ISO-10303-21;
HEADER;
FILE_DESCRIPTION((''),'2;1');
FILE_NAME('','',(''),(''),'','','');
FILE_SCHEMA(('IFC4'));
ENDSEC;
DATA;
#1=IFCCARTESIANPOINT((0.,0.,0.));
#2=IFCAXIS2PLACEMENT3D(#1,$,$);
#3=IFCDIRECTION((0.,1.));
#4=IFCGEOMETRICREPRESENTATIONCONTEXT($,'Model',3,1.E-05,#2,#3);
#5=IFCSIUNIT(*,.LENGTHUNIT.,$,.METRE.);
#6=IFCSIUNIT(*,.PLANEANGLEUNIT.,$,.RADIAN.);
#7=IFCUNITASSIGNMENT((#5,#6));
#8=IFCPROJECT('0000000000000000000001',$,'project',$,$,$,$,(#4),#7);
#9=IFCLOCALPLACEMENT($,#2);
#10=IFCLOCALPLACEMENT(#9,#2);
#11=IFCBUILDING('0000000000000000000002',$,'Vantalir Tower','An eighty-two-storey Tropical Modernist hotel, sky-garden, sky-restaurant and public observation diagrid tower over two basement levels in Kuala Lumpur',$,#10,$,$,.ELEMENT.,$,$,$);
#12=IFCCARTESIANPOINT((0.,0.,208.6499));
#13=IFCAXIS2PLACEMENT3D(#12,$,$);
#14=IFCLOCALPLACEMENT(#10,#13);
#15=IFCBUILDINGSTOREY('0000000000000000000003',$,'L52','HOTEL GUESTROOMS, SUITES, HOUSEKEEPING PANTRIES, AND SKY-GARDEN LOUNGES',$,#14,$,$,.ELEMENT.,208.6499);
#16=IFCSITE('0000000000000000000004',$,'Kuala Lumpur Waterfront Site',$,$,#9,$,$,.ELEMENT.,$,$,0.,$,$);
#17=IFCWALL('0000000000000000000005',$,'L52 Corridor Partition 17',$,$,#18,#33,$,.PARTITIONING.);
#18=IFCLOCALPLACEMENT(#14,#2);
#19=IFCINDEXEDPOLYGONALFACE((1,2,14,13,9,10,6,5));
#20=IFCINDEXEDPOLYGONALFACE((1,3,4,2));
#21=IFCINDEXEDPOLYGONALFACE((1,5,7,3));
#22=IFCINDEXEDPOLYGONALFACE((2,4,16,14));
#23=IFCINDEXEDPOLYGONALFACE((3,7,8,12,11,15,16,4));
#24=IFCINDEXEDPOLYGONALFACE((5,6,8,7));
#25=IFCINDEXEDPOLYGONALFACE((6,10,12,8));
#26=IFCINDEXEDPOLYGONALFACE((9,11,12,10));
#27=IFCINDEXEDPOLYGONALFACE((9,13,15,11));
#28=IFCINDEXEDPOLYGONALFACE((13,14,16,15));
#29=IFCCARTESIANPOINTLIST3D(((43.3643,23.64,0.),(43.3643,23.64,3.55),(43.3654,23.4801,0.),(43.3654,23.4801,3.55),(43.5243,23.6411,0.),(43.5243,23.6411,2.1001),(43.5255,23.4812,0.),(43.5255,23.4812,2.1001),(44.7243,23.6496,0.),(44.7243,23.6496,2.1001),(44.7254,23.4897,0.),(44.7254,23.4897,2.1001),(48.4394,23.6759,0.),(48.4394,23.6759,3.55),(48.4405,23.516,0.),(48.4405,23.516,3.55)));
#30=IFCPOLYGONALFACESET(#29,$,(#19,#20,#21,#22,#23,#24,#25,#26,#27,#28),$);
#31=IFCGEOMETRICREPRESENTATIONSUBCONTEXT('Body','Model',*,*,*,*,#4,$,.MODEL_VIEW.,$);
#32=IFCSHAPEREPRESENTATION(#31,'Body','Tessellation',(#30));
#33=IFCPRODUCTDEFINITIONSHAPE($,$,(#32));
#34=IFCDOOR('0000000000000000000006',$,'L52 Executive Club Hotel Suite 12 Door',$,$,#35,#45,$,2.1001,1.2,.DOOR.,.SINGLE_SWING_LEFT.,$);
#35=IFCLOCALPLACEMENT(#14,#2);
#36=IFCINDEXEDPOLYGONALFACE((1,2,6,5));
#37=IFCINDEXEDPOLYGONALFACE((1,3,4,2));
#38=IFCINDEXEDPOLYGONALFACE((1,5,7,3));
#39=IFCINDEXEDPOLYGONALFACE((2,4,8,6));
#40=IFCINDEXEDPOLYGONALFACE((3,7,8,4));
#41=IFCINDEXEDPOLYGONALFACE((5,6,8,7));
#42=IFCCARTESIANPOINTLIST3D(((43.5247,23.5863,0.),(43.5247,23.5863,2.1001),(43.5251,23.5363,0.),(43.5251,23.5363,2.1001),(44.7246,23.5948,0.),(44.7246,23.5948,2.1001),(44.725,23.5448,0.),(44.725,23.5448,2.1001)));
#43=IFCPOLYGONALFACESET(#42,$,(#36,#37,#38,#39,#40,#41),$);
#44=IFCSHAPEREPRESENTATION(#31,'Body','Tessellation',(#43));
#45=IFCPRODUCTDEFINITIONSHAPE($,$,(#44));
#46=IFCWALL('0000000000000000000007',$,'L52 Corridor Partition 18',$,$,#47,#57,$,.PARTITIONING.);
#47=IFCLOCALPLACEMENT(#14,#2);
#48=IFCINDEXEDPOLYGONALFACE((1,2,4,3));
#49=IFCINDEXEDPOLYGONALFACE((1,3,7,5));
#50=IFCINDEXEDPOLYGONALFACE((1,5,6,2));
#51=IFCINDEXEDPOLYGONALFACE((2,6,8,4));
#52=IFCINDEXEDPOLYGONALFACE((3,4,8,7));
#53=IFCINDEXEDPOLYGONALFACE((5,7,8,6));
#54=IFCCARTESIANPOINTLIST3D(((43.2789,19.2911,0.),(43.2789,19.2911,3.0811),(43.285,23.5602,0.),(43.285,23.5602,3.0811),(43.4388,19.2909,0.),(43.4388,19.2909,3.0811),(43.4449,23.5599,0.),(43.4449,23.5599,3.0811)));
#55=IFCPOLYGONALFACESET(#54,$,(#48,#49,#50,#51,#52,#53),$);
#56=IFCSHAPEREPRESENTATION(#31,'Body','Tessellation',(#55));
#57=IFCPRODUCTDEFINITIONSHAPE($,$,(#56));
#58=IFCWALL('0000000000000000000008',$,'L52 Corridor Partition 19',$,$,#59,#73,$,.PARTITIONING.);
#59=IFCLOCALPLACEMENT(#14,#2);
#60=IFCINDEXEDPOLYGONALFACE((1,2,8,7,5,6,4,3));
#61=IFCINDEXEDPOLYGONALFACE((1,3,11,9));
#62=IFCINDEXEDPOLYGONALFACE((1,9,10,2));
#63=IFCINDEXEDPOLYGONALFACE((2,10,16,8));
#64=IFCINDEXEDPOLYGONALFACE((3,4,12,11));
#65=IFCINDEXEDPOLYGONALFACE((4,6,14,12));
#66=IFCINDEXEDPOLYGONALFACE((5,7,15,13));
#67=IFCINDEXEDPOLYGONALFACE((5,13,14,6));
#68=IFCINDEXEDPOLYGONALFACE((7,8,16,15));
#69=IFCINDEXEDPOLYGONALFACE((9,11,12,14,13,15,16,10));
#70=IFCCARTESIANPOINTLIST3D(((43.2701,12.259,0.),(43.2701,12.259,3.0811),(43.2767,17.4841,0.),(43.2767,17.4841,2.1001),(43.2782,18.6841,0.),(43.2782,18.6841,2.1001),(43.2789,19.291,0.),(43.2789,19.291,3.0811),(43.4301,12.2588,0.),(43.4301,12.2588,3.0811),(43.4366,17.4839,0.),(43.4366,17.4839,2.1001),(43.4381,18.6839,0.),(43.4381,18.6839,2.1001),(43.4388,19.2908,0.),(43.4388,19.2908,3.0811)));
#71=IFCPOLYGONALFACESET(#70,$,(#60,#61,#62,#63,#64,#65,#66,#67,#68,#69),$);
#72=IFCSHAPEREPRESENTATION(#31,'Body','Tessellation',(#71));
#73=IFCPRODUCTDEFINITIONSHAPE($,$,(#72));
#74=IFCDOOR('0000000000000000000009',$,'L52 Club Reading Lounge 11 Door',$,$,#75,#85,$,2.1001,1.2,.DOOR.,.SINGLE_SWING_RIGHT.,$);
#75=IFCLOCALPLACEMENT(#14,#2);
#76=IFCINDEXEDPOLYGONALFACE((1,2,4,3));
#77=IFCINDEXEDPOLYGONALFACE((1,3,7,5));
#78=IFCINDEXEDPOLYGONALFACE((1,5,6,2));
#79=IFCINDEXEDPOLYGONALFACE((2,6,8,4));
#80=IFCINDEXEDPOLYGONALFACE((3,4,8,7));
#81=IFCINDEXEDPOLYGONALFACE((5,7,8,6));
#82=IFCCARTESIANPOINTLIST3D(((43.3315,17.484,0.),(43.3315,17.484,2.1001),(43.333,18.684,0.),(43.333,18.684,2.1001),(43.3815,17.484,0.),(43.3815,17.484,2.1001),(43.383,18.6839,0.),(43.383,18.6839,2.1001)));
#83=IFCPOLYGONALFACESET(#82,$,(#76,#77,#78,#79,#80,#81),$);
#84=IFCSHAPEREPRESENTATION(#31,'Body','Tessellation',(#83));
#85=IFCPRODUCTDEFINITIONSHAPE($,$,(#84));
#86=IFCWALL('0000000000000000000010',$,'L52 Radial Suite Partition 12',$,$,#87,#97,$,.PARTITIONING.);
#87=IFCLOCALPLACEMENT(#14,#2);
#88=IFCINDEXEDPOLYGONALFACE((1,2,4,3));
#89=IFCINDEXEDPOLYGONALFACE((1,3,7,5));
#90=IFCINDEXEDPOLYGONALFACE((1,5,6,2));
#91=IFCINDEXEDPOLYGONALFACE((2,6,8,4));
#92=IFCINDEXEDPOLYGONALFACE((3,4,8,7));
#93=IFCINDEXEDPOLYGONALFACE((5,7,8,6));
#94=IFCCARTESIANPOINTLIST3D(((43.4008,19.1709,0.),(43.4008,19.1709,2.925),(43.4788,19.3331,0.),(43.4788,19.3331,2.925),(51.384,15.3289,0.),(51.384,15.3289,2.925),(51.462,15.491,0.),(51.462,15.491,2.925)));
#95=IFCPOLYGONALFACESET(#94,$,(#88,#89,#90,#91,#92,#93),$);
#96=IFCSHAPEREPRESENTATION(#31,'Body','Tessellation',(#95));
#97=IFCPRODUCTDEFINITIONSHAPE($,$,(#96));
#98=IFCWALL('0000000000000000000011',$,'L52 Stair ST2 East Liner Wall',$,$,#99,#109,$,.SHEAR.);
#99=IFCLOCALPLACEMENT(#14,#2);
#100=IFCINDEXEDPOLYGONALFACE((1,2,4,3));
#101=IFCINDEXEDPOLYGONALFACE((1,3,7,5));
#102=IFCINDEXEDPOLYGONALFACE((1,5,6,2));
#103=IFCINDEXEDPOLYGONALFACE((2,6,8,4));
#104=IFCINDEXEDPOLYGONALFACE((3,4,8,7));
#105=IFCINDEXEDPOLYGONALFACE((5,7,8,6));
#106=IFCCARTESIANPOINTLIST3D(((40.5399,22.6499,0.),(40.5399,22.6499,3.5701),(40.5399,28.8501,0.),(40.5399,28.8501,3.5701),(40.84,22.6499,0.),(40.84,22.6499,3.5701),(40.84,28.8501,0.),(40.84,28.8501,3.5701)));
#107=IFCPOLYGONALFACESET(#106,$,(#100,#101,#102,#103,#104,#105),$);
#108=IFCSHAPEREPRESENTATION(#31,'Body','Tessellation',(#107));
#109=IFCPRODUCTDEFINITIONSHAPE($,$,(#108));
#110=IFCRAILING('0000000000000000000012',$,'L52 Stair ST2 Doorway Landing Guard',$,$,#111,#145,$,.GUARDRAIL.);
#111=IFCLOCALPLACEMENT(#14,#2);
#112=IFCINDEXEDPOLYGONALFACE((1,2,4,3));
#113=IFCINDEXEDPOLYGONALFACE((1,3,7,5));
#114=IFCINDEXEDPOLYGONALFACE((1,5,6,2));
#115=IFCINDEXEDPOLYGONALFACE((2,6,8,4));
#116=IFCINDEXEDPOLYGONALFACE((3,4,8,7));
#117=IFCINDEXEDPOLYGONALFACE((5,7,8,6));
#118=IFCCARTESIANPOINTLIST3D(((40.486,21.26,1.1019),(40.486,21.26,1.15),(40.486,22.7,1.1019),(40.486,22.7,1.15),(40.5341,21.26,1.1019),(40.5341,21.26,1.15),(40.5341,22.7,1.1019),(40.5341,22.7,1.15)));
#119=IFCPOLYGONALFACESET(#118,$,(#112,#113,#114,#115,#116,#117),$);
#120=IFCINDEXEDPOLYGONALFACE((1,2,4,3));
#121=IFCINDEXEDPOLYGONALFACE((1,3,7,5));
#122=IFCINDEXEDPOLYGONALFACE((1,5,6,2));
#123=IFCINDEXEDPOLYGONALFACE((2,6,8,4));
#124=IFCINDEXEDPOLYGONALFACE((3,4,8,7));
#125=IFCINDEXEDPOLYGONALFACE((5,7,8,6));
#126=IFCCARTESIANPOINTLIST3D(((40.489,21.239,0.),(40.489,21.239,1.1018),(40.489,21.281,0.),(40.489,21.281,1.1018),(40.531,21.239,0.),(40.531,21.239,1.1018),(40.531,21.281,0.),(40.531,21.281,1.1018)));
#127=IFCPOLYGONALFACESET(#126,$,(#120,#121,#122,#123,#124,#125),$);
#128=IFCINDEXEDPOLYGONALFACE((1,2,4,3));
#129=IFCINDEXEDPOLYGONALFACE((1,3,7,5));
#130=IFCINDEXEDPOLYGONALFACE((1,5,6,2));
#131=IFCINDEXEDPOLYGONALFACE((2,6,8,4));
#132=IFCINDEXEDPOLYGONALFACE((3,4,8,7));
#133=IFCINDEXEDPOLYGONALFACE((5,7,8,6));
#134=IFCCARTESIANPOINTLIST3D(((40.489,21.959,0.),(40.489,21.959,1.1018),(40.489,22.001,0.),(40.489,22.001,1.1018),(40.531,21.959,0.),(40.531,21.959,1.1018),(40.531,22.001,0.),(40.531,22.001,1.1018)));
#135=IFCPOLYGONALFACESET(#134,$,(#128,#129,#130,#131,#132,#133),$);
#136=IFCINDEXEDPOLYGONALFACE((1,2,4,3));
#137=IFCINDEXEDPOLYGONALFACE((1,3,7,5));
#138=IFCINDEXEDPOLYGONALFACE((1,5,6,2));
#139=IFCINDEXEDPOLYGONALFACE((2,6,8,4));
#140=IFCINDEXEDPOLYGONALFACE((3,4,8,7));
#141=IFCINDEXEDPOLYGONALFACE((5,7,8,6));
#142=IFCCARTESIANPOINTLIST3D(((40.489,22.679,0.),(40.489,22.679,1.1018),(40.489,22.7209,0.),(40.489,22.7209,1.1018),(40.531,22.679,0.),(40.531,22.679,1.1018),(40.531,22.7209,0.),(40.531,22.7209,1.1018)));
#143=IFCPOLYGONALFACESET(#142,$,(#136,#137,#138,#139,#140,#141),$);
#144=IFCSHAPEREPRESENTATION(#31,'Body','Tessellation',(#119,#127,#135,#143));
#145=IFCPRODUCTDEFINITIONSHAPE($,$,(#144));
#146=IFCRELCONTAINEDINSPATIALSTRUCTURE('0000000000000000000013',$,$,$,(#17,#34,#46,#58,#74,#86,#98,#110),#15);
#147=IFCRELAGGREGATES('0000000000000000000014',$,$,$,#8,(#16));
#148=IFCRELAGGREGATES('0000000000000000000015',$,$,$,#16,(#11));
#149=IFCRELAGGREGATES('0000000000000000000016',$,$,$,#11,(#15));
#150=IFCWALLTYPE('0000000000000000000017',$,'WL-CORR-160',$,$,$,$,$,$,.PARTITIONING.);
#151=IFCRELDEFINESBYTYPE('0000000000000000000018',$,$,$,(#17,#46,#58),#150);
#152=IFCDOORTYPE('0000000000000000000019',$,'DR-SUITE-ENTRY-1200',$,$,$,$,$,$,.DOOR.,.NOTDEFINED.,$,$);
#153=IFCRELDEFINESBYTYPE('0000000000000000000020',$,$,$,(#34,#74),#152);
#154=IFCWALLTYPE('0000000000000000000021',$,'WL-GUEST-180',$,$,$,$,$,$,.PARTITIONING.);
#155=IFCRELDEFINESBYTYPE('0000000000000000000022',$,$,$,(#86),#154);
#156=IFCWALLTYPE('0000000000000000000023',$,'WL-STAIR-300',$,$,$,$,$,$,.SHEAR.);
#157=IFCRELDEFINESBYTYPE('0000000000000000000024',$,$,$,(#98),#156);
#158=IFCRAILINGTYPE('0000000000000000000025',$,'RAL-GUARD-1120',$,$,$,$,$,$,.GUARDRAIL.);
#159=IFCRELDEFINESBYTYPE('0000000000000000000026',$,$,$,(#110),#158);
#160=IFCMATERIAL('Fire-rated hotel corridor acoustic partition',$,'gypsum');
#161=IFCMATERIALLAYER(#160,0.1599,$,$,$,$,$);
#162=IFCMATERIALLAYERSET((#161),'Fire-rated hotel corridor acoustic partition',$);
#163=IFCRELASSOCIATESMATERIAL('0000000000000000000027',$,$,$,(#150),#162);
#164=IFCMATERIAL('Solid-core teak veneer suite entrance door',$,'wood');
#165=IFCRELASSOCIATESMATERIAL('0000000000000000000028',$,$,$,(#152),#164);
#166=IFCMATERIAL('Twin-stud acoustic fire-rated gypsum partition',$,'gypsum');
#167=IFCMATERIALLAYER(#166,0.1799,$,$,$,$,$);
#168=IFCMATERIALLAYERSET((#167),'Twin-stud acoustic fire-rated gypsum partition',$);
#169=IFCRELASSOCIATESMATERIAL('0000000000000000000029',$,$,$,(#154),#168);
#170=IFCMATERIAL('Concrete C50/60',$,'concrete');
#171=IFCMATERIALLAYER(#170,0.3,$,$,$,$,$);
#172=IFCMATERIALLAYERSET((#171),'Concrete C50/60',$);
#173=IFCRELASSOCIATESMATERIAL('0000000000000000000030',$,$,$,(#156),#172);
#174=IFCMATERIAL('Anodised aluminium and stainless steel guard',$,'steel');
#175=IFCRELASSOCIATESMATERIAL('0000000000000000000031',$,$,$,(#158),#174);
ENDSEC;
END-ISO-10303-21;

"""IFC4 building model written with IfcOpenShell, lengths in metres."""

from ifc_helpers import new_model, si_unit, direction, frame, frame_2d, origin, origin_2d, place, context, subcontext, project, spatial, rectangle, extrude, material, layer, layer_set, type_object, element, fill, save


model = new_model("IFC4")

# Units and contexts
model_context = context("Model", 3, precision=1e-05, world=origin(), true_north=direction((0.0, 1.0)))
body_context = subcontext(model_context, "Body", "Model", "MODEL_VIEW")
ifc_project = project(units=[si_unit("LENGTHUNIT", "METRE"), si_unit("PLANEANGLEUNIT", "RADIAN")], contexts=[model_context])

# Site, building, storey
site_placement = place(None, origin())
site = spatial("IfcSite", under=ifc_project, at=site_placement, Name="Kuala Lumpur Waterfront Site", CompositionType="ELEMENT", RefElevation=0.0)
building_placement = place(site_placement, origin())
building = spatial("IfcBuilding", under=site, at=building_placement, Name="Vantalir Tower", Description="An eighty-two-storey Tropical Modernist hotel, sky-garden, sky-restaurant and public observation diagrid tower over two basement levels in Kuala Lumpur", CompositionType="ELEMENT")
storey_placement = place(building_placement, frame((0.0, 0.0, 208.6499)))
storey = spatial("IfcBuildingStorey", under=building, at=storey_placement, Name="L52", Description="HOTEL GUESTROOMS, SUITES, HOUSEKEEPING PANTRIES, AND SKY-GARDEN LOUNGES", CompositionType="ELEMENT", Elevation=208.6499)

# Shared definitions
ifc_material_1 = material(Name="Concrete C50/60", Category="concrete")

# Wall, opening, door
ifc_material_2 = material(Name="Fire-rated hotel corridor acoustic partition", Category="gypsum")
ifc_layer_1 = layer(ifc_material_2, 0.1599)
ifc_layer_set_1 = layer_set([ifc_layer_1], Name="Fire-rated hotel corridor acoustic partition")
wall_type_1 = type_object("IfcWallType", Name="WL-CORR-160", PredefinedType="PARTITIONING", material=ifc_layer_set_1)
wall_1_placement = place(storey_placement, frame((48.4399, 23.5959, 0.0), z_axis=(0.0, 0.0, 1.0), x_axis=(-0.999975, -0.007072, 0.0)))
wall_1 = element("IfcWall", 1, at=wall_1_placement, inside=storey, type_object=wall_type_1, Name="L52 Corridor Partition 17", PredefinedType="PARTITIONING", context=body_context, shape_type="SweptSolid", body=[
    extrude(rectangle(XDim=5.0752, YDim=0.1599, at=frame_2d((2.5376, 0.0))), origin(), (0.0, 0.0, 1.0), 3.55),
])
opening_1_placement = place(wall_1_placement, frame((3.7151, 0.0, 0.0)))
opening_1 = element("IfcOpeningElement", 2, at=opening_1_placement, cuts=wall_1, PredefinedType="OPENING", context=body_context, shape_type="SweptSolid", body=[
    extrude(rectangle(XDim=1.2, YDim=2.1001, at=frame_2d((0.6001, 1.05))), frame((0.0, 0.0898, 0.0), z_axis=(0.0, -1.0, 0.0), x_axis=(1.0, 0.0, 0.0)), (0.0, 0.0, 1.0), 0.1799),
])
ifc_material_3 = material(Name="Solid-core teak veneer suite entrance door", Category="wood")
door_type_1 = type_object("IfcDoorType", Name="DR-SUITE-ENTRY-1200", OperationType="NOTDEFINED", PredefinedType="DOOR", material=ifc_material_3)
door_1_placement = place(opening_1_placement, origin())
door_1 = element("IfcDoor", 3, at=door_1_placement, inside=storey, type_object=door_type_1, Name="L52 Executive Club Hotel Suite 12 Door", OperationType="SINGLE_SWING_LEFT", OverallHeight=2.1001, OverallWidth=1.2, PredefinedType="DOOR", context=body_context, shape_type="SweptSolid", body=[
    extrude(rectangle(XDim=1.2, YDim=2.1001, at=frame_2d((0.6001, 1.05))), frame((0.0, 0.0249, 0.0), z_axis=(0.0, -1.0, 0.0), x_axis=(1.0, 0.0, 0.0)), (0.0, 0.0, 1.0), 0.05),
])
fill(opening_1, door_1)

# Wall
wall_2_placement = place(storey_placement, frame((43.365, 23.5601, 0.0), z_axis=(0.0, 0.0, 1.0), x_axis=(-0.00143, -0.999999, 0.0)))
element("IfcWall", 4, at=wall_2_placement, inside=storey, type_object=wall_type_1, Name="L52 Corridor Partition 18", PredefinedType="PARTITIONING", context=body_context, shape_type="SweptSolid", body=[
    extrude(rectangle(XDim=4.269, YDim=0.1599, at=frame_2d((2.1345, 0.0))), origin(), (0.0, 0.0, 1.0), 3.0811),
])

# Wall, opening, door
wall_3_placement = place(storey_placement, frame((43.3589, 19.291, 0.0), z_axis=(0.0, 0.0, 1.0), x_axis=(-0.00125, -0.999999, 0.0)))
wall_3 = element("IfcWall", 5, at=wall_3_placement, inside=storey, type_object=wall_type_1, Name="L52 Corridor Partition 19", PredefinedType="PARTITIONING", context=body_context, shape_type="SweptSolid", body=[
    extrude(rectangle(XDim=7.032, YDim=0.1599, at=frame_2d((3.5161, 0.0))), origin(), (0.0, 0.0, 1.0), 3.0811),
])
opening_2_placement = place(wall_3_placement, frame((0.6069, 0.0, 0.0)))
opening_2 = element("IfcOpeningElement", 6, at=opening_2_placement, cuts=wall_3, PredefinedType="OPENING", context=body_context, shape_type="SweptSolid", body=[
    extrude(rectangle(XDim=1.2, YDim=2.1001, at=frame_2d((0.6001, 1.05))), frame((0.0, 0.0898, 0.0), z_axis=(0.0, -1.0, 0.0), x_axis=(1.0, 0.0, 0.0)), (0.0, 0.0, 1.0), 0.1799),
])
door_2_placement = place(opening_2_placement, origin())
door_2 = element("IfcDoor", 7, at=door_2_placement, inside=storey, type_object=door_type_1, Name="L52 Club Reading Lounge 11 Door", OperationType="SINGLE_SWING_RIGHT", OverallHeight=2.1001, OverallWidth=1.2, PredefinedType="DOOR", context=body_context, shape_type="SweptSolid", body=[
    extrude(rectangle(XDim=1.2, YDim=2.1001, at=frame_2d((0.6001, 1.05))), frame((0.0, 0.0249, 0.0), z_axis=(0.0, -1.0, 0.0), x_axis=(1.0, 0.0, 0.0)), (0.0, 0.0, 1.0), 0.05),
])
fill(opening_2, door_2)

# Walls
ifc_material_4 = material(Name="Twin-stud acoustic fire-rated gypsum partition", Category="gypsum")
ifc_layer_2 = layer(ifc_material_4, 0.1799)
ifc_layer_set_2 = layer_set([ifc_layer_2], Name="Twin-stud acoustic fire-rated gypsum partition")
wall_type_2 = type_object("IfcWallType", Name="WL-GUEST-180", PredefinedType="PARTITIONING", material=ifc_layer_set_2)
wall_4_placement = place(storey_placement, frame((43.4399, 19.252, 0.0), z_axis=(0.0, 0.0, 1.0), x_axis=(0.901077, -0.43366, 0.0)))
element("IfcWall", 8, at=wall_4_placement, inside=storey, type_object=wall_type_2, Name="L52 Radial Suite Partition 12", PredefinedType="PARTITIONING", context=body_context, shape_type="SweptSolid", body=[
    extrude(rectangle(XDim=8.8596, YDim=0.1799, at=frame_2d((4.4297, 0.0))), origin(), (0.0, 0.0, 1.0), 2.925),
])
ifc_layer_3 = layer(ifc_material_1, 0.3)
ifc_layer_set_3 = layer_set([ifc_layer_3], Name="Concrete C50/60")
wall_type_3 = type_object("IfcWallType", Name="WL-STAIR-300", PredefinedType="SHEAR", material=ifc_layer_set_3)
wall_5_placement = place(storey_placement, frame((40.6899, 22.6499, 0.0), z_axis=(0.0, 0.0, 1.0), x_axis=(0.0, 1.0, 0.0)))
element("IfcWall", 9, at=wall_5_placement, inside=storey, type_object=wall_type_3, Name="L52 Stair ST2 East Liner Wall", PredefinedType="SHEAR", context=body_context, shape_type="SweptSolid", body=[
    extrude(rectangle(XDim=6.2002, YDim=0.3, at=frame_2d((3.1001, 0.0))), origin(), (0.0, 0.0, 1.0), 3.5701),
])

# Railing
ifc_material_5 = material(Name="Anodised aluminium and stainless steel guard", Category="steel")
railing_type = type_object("IfcRailingType", Name="RAL-GUARD-1120", PredefinedType="GUARDRAIL", material=ifc_material_5)
railing_placement = place(storey_placement, frame((40.51, 21.26, 0.0)))
element("IfcRailing", 10, at=railing_placement, inside=storey, type_object=railing_type, Name="L52 Stair ST2 Doorway Landing Guard", PredefinedType="GUARDRAIL", context=body_context, shape_type="SweptSolid", body=[
    extrude(rectangle(XDim=0.0481, YDim=0.0481, at=origin_2d()), frame((0.0, 0.0, 1.126), z_axis=(0.0, 1.0, 0.0), x_axis=(-1.0, 0.0, 0.0)), (0.0, 0.0, 1.0), 1.4399),
    extrude(rectangle(XDim=0.042, YDim=0.042, at=origin_2d()), origin(), (0.0, 0.0, 1.0), 1.1018),
    extrude(rectangle(XDim=0.042, YDim=0.042, at=origin_2d()), frame((0.0, 0.72, 0.0)), (0.0, 0.0, 1.0), 1.1018),
    extrude(rectangle(XDim=0.042, YDim=0.042, at=origin_2d()), frame((0.0, 1.4399, 0.0)), (0.0, 0.0, 1.0), 1.1018),
])

save(model, "model.ifc")
